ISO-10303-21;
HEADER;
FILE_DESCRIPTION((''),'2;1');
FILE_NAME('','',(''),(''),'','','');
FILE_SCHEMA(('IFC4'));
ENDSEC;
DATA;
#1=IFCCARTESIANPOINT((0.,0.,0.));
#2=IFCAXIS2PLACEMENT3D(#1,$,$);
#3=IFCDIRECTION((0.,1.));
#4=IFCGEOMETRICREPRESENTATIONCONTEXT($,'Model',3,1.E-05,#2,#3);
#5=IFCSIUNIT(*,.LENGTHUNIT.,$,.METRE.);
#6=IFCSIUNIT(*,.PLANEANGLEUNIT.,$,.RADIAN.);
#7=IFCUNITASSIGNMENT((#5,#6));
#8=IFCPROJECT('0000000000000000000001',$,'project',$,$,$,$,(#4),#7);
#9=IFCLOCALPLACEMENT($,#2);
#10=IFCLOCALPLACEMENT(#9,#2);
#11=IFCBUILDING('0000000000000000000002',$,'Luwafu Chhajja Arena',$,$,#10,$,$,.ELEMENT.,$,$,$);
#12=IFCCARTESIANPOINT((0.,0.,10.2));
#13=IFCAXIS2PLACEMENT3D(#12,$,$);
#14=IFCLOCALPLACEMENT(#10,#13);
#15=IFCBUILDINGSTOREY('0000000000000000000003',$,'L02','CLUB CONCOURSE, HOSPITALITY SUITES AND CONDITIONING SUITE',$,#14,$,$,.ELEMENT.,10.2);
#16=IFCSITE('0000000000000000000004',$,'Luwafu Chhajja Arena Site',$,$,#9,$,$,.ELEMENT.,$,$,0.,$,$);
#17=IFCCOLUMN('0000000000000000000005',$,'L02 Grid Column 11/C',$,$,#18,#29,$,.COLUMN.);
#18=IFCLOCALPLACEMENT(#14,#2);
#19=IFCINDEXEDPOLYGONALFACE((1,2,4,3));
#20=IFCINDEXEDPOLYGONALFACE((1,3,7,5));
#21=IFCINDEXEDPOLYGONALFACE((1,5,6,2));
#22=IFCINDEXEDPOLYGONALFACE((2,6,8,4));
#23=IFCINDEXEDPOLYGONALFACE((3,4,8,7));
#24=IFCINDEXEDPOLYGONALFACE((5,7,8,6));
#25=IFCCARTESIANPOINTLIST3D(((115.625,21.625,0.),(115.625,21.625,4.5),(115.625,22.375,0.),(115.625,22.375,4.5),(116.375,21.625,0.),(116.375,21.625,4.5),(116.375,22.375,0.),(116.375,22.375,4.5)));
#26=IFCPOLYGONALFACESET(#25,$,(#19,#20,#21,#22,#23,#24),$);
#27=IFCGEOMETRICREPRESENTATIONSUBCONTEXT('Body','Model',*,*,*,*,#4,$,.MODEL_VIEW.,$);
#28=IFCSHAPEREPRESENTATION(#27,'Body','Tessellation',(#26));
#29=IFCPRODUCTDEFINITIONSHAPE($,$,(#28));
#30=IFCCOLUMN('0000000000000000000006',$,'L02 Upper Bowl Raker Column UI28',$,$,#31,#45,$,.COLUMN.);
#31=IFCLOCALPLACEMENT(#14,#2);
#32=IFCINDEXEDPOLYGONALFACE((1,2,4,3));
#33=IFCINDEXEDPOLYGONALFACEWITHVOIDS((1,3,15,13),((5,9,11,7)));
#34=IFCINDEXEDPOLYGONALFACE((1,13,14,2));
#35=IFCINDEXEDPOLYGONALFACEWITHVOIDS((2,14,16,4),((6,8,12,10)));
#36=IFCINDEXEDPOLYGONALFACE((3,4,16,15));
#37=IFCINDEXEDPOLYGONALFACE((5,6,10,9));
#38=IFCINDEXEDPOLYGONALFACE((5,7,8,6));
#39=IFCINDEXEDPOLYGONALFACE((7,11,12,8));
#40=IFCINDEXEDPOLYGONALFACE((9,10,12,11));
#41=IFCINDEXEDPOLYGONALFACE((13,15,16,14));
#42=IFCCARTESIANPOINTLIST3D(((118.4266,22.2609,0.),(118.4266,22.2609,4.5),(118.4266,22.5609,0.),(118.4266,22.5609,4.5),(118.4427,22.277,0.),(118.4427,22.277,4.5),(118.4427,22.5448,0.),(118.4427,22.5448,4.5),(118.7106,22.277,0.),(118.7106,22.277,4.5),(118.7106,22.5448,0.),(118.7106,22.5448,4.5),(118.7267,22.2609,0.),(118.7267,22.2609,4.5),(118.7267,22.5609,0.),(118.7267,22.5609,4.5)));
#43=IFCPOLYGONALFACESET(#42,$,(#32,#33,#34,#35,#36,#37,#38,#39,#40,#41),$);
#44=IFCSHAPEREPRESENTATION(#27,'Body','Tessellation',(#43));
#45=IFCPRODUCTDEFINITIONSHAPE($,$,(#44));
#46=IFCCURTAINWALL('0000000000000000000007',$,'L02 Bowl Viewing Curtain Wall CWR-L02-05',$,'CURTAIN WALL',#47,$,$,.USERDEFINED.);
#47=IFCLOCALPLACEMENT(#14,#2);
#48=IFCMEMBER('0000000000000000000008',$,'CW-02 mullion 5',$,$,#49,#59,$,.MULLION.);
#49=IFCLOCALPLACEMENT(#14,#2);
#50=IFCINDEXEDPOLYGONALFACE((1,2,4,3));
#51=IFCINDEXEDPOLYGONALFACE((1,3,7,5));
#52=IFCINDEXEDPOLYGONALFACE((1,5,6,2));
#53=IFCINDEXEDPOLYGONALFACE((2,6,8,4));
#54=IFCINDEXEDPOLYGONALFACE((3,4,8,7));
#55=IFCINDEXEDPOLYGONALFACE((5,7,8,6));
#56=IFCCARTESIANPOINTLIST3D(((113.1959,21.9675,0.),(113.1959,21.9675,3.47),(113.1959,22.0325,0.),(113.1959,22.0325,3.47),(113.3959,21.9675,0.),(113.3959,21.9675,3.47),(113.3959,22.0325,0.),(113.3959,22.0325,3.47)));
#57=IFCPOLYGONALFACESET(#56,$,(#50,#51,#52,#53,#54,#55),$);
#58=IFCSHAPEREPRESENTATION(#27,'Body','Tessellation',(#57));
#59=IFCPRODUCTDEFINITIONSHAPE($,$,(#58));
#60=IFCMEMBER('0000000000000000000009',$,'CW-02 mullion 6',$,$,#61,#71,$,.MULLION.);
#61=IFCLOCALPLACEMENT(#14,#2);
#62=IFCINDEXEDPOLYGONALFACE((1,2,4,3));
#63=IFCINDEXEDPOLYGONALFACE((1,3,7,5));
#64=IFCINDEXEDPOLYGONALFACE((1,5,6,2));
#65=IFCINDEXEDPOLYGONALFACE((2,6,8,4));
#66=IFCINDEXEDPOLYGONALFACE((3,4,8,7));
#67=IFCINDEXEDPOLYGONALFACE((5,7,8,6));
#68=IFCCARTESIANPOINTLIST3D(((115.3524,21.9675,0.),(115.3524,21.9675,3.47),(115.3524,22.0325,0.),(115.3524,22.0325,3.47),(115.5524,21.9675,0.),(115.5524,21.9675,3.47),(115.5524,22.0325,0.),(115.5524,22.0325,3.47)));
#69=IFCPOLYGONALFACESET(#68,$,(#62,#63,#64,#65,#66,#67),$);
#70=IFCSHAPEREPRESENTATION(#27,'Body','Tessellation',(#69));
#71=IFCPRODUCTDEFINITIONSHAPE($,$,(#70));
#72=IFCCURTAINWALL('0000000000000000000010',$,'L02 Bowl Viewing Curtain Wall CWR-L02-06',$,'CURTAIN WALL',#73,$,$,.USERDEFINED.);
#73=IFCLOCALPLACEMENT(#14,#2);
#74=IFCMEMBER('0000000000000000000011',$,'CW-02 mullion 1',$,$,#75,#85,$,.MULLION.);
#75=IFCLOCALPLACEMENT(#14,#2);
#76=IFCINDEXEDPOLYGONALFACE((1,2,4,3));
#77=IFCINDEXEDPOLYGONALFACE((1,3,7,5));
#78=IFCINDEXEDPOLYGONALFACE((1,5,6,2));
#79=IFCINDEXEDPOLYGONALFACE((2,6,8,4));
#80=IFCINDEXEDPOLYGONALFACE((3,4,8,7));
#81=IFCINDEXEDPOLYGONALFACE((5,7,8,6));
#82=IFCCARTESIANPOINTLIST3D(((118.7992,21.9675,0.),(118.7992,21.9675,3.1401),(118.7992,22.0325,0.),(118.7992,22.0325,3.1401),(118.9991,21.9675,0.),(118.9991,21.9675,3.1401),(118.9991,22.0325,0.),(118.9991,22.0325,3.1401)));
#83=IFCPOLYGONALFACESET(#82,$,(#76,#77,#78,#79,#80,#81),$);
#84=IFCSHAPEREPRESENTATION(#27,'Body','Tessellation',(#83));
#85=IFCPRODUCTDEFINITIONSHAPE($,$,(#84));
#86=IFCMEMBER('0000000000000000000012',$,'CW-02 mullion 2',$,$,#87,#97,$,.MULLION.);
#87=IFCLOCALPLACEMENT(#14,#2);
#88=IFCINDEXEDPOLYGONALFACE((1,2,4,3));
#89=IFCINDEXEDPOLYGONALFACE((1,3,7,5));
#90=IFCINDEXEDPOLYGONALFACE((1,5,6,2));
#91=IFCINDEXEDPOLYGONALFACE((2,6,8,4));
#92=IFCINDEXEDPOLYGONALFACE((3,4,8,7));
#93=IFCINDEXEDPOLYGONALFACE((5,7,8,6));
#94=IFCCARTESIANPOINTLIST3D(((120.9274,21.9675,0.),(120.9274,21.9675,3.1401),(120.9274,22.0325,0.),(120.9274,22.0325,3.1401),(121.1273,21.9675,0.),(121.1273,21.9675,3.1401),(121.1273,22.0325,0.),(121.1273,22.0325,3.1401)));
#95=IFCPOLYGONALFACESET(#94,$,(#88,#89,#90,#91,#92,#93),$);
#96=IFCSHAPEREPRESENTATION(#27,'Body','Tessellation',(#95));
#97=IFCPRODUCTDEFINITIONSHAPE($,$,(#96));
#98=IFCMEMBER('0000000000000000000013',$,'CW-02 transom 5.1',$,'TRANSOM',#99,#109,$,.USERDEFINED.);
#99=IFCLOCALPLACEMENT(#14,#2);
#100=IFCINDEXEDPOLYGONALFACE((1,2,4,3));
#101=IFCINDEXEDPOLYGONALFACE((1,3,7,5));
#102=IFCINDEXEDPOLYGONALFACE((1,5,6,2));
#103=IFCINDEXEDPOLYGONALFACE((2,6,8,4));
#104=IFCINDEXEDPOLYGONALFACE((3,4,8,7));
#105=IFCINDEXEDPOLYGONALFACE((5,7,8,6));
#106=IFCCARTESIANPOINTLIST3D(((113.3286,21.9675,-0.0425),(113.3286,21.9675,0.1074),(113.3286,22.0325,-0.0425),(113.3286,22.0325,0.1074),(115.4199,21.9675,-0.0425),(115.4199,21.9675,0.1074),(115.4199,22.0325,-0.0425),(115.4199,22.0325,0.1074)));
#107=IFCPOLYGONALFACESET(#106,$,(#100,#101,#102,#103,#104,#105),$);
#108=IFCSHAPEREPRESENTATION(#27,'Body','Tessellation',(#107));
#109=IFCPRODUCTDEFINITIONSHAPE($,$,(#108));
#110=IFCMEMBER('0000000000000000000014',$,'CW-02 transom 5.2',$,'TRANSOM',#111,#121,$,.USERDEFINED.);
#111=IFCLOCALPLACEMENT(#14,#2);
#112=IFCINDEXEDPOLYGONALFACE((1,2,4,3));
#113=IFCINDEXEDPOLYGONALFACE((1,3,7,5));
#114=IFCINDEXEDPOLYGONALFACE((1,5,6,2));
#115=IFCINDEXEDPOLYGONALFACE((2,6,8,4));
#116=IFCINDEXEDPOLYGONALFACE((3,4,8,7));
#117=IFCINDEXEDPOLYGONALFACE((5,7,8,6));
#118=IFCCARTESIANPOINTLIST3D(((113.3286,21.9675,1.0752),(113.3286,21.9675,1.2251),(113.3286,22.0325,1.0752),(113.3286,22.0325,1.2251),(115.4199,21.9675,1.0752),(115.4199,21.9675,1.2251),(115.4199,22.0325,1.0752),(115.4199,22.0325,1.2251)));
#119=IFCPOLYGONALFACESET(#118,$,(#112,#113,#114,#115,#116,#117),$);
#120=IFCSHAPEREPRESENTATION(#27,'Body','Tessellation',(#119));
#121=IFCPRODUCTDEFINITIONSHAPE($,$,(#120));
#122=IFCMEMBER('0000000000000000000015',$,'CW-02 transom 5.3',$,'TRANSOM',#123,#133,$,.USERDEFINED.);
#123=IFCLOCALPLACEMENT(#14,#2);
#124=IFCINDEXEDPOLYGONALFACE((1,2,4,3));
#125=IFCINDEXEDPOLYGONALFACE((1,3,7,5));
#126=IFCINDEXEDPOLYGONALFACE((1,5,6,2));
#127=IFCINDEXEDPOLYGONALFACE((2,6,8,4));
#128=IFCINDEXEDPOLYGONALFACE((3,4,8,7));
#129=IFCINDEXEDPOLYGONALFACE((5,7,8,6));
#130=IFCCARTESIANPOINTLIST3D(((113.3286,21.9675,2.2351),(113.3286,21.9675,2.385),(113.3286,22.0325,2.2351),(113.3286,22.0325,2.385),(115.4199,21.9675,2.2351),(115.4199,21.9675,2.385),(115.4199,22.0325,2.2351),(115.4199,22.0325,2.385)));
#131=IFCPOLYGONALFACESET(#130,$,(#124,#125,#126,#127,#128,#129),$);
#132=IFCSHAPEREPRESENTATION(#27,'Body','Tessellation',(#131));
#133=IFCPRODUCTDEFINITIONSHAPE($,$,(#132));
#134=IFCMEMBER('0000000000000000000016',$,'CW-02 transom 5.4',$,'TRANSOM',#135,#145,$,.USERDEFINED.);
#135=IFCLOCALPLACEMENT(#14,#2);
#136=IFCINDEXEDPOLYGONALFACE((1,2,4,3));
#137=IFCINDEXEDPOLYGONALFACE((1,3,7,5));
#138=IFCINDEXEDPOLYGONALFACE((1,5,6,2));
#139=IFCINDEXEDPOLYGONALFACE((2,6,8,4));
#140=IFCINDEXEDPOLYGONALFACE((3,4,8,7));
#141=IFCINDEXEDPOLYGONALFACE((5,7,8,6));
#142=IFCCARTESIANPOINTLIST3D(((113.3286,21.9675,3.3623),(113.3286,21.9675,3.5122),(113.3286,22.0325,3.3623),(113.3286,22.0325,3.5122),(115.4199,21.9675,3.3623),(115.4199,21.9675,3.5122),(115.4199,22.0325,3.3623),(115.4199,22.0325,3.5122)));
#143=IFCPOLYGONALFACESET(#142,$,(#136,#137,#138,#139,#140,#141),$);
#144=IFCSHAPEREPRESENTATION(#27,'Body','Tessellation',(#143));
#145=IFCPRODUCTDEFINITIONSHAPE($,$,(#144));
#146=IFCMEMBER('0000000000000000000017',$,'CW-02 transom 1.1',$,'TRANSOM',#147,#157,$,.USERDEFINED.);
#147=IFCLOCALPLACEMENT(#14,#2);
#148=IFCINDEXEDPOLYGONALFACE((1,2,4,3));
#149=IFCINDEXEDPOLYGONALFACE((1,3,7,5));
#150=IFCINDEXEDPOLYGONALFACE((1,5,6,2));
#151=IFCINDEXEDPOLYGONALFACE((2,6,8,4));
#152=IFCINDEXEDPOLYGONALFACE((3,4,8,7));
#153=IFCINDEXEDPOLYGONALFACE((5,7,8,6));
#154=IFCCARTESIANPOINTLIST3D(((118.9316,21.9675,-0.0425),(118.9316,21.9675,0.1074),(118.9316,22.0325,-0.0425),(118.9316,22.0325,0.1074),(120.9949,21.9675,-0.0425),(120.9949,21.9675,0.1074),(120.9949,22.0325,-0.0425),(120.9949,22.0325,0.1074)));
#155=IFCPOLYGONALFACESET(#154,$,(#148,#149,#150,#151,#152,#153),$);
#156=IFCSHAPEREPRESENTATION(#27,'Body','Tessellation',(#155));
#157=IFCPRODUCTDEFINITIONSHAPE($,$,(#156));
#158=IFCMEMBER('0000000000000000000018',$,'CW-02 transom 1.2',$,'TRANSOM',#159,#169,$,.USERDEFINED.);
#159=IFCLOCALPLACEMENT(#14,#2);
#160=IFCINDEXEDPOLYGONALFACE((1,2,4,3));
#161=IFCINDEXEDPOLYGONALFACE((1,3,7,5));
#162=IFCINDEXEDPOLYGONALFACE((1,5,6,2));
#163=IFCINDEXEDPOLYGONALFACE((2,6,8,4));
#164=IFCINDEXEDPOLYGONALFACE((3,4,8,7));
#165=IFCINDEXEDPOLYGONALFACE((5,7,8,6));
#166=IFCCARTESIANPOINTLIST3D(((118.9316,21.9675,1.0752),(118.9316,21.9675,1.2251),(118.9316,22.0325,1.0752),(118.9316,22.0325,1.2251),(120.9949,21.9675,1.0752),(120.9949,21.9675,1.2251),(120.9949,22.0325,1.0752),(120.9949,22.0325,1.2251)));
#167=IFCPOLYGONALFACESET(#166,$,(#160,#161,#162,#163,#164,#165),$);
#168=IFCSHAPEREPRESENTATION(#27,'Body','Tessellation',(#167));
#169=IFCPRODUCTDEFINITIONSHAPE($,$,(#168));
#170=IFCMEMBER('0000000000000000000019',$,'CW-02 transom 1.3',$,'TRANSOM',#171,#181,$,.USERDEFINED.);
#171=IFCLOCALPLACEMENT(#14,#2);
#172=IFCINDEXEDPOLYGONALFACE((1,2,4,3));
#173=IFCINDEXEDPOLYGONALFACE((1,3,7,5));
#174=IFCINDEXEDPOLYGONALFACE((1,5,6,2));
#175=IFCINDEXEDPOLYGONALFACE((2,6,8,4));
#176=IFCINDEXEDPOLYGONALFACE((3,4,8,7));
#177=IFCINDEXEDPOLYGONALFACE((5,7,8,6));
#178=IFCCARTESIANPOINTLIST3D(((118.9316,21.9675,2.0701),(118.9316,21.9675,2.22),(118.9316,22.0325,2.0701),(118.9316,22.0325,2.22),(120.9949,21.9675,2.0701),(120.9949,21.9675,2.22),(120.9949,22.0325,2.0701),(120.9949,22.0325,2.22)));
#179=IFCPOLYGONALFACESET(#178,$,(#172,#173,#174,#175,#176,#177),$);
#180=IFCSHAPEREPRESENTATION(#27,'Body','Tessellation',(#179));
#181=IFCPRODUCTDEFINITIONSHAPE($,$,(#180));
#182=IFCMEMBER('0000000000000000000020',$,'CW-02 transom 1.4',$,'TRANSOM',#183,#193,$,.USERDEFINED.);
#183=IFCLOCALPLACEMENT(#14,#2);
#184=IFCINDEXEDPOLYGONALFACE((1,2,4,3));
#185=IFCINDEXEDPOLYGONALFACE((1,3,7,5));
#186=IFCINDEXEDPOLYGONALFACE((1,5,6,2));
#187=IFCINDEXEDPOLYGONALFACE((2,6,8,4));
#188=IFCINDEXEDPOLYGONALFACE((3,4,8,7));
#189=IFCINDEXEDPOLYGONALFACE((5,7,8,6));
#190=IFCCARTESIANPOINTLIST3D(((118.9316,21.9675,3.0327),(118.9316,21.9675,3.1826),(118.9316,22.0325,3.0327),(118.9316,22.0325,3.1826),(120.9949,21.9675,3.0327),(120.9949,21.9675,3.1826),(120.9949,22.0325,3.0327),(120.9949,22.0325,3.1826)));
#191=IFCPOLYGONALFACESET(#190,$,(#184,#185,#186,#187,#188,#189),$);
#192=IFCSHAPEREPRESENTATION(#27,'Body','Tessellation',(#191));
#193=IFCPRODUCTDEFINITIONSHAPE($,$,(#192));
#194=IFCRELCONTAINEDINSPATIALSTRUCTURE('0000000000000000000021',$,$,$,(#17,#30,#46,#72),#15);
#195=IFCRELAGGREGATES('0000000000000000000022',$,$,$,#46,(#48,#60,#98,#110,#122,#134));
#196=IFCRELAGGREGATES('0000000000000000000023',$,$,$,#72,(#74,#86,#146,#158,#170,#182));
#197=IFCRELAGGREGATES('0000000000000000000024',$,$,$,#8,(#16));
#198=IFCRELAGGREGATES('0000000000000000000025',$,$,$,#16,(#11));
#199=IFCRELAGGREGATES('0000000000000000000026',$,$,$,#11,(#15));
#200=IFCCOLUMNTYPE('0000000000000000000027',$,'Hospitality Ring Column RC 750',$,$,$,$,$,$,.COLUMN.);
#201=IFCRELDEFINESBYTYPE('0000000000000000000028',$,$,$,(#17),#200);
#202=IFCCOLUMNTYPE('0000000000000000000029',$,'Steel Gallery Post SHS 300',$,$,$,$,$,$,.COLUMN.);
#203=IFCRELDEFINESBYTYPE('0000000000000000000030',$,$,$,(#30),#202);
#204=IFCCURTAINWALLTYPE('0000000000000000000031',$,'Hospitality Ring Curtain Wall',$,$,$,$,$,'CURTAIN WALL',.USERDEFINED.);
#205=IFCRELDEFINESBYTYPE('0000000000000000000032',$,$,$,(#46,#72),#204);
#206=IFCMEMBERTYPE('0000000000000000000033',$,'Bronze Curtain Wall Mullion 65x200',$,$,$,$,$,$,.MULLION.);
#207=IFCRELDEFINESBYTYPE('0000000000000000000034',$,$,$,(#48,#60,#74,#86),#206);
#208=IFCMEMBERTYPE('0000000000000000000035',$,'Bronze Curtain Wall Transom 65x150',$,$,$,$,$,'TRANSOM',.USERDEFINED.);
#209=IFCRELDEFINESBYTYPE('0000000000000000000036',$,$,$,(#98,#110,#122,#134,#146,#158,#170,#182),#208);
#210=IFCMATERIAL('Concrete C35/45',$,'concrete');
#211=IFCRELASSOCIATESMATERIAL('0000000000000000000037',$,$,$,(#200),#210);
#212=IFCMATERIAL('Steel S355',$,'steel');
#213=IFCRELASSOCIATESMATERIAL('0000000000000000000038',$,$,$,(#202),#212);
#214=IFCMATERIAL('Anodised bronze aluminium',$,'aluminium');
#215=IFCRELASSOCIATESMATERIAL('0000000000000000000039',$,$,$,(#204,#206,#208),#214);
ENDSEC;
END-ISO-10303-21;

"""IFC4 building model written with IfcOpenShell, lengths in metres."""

from ifc_helpers import new_model, si_unit, direction, frame, origin, origin_2d, place, context, subcontext, project, spatial, rectangle, hollow_rectangle, extrude, material, material_profile, profile_set, type_object, element, aggregate, save


model = new_model("IFC4")

# Units and contexts
model_context = context("Model", 3, precision=1e-05, world=origin(), true_north=direction((0.0, 1.0)))
body_context = subcontext(model_context, "Body", "Model", "MODEL_VIEW")
ifc_project = project(units=[si_unit("LENGTHUNIT", "METRE"), si_unit("PLANEANGLEUNIT", "RADIAN")], contexts=[model_context])

# Site, building, storey
site_placement = place(None, origin())
site = spatial("IfcSite", under=ifc_project, at=site_placement, Name="Luwafu Chhajja Arena Site", CompositionType="ELEMENT", RefElevation=0.0)
building_placement = place(site_placement, origin())
building = spatial("IfcBuilding", under=site, at=building_placement, Name="Luwafu Chhajja Arena", CompositionType="ELEMENT")
storey_placement = place(building_placement, frame((0.0, 0.0, 10.2)))
storey = spatial("IfcBuildingStorey", under=building, at=storey_placement, Name="L02", Description="CLUB CONCOURSE, HOSPITALITY SUITES AND CONDITIONING SUITE", CompositionType="ELEMENT", Elevation=10.2)

# Columns
ifc_material_1 = material(Name="Concrete C35/45", Category="concrete")
ifc_material_profile_1 = material_profile(ifc_material_1, rectangle(XDim=0.75, YDim=0.75, at=origin_2d()), Name="RC 750x750")
ifc_profile_set_1 = profile_set([ifc_material_profile_1], Name="Concrete C35/45")
column_type_1 = type_object("IfcColumnType", Name="Hospitality Ring Column RC 750", PredefinedType="COLUMN", material=ifc_profile_set_1)
column_1_placement = place(storey_placement, frame((116.0, 22.0, 0.0), z_axis=(0.0, 0.0, 1.0), x_axis=(1.0, 0.0, 0.0)))
element("IfcColumn", 1, at=column_1_placement, inside=storey, type_object=column_type_1, Name="L02 Grid Column 11/C", PredefinedType="COLUMN", context=body_context, shape_type="SweptSolid", body=[
    extrude(rectangle(XDim=0.75, YDim=0.75, at=origin_2d()), origin(), (0.0, 0.0, 1.0), 4.5),
])
ifc_material_2 = material(Name="Steel S355", Category="steel")
ifc_material_profile_2 = material_profile(ifc_material_2, hollow_rectangle(XDim=0.3, YDim=0.3, WallThickness=0.0161, at=origin_2d()), Name="SHS 300x300x16")
ifc_profile_set_2 = profile_set([ifc_material_profile_2], Name="Steel S355")
column_type_2 = type_object("IfcColumnType", Name="Steel Gallery Post SHS 300", PredefinedType="COLUMN", material=ifc_profile_set_2)
column_2_placement = place(storey_placement, frame((118.5767, 22.4109, 0.0), z_axis=(0.0, 0.0, 1.0), x_axis=(1.0, 0.0, 0.0)))
element("IfcColumn", 2, at=column_2_placement, inside=storey, type_object=column_type_2, Name="L02 Upper Bowl Raker Column UI28", PredefinedType="COLUMN", context=body_context, shape_type="SweptSolid", body=[
    extrude(hollow_rectangle(XDim=0.3, YDim=0.3, WallThickness=0.0161, at=origin_2d()), origin(), (0.0, 0.0, 1.0), 4.5),
])

# Curtain walls, members
ifc_material_3 = material(Name="Anodised bronze aluminium", Category="aluminium")
curtain_wall_type = type_object("IfcCurtainWallType", Name="Hospitality Ring Curtain Wall", ElementType="CURTAIN WALL", PredefinedType="USERDEFINED", material=ifc_material_3)
curtain_wall_1_placement = place(storey_placement, origin())
curtain_wall_1 = element("IfcCurtainWall", 3, at=curtain_wall_1_placement, inside=storey, type_object=curtain_wall_type, Name="L02 Bowl Viewing Curtain Wall CWR-L02-05", ObjectType="CURTAIN WALL", PredefinedType="USERDEFINED")
ifc_material_profile_3 = material_profile(ifc_material_3, rectangle(XDim=0.0649, YDim=0.2, at=origin_2d()), Name="CWM 65x200")
ifc_profile_set_3 = profile_set([ifc_material_profile_3], Name="Anodised bronze aluminium")
member_type_1 = type_object("IfcMemberType", Name="Bronze Curtain Wall Mullion 65x200", PredefinedType="MULLION", material=ifc_profile_set_3)
member_1_placement = place(storey_placement, frame((113.2959, 22.0, 0.0), z_axis=(0.0, 0.0, 1.0), x_axis=(0.0, 1.0, 0.0)))
member_1 = element("IfcMember", 4, at=member_1_placement, type_object=member_type_1, Name="CW-02 mullion 5", PredefinedType="MULLION", context=body_context, shape_type="SweptSolid", body=[
    extrude(rectangle(XDim=0.0649, YDim=0.2, at=origin_2d()), origin(), (0.0, 0.0, 1.0), 3.47),
])
member_2_placement = place(storey_placement, frame((115.4524, 22.0, 0.0), z_axis=(0.0, 0.0, 1.0), x_axis=(0.0, 1.0, 0.0)))
member_2 = element("IfcMember", 5, at=member_2_placement, type_object=member_type_1, Name="CW-02 mullion 6", PredefinedType="MULLION", context=body_context, shape_type="SweptSolid", body=[
    extrude(rectangle(XDim=0.0649, YDim=0.2, at=origin_2d()), origin(), (0.0, 0.0, 1.0), 3.47),
])
curtain_wall_2_placement = place(storey_placement, origin())
curtain_wall_2 = element("IfcCurtainWall", 6, at=curtain_wall_2_placement, inside=storey, type_object=curtain_wall_type, Name="L02 Bowl Viewing Curtain Wall CWR-L02-06", ObjectType="CURTAIN WALL", PredefinedType="USERDEFINED")
member_3_placement = place(storey_placement, frame((118.8992, 22.0, 0.0), z_axis=(0.0, 0.0, 1.0), x_axis=(0.0, 1.0, 0.0)))
member_3 = element("IfcMember", 7, at=member_3_placement, type_object=member_type_1, Name="CW-02 mullion 1", PredefinedType="MULLION", context=body_context, shape_type="SweptSolid", body=[
    extrude(rectangle(XDim=0.0649, YDim=0.2, at=origin_2d()), origin(), (0.0, 0.0, 1.0), 3.1401),
])
member_4_placement = place(storey_placement, frame((121.0273, 22.0, 0.0), z_axis=(0.0, 0.0, 1.0), x_axis=(0.0, 1.0, 0.0)))
member_4 = element("IfcMember", 8, at=member_4_placement, type_object=member_type_1, Name="CW-02 mullion 2", PredefinedType="MULLION", context=body_context, shape_type="SweptSolid", body=[
    extrude(rectangle(XDim=0.0649, YDim=0.2, at=origin_2d()), origin(), (0.0, 0.0, 1.0), 3.1401),
])

# Members
ifc_material_profile_4 = material_profile(ifc_material_3, rectangle(XDim=0.0649, YDim=0.1499, at=origin_2d()), Name="CWT 65x150")
ifc_profile_set_4 = profile_set([ifc_material_profile_4], Name="Anodised bronze aluminium")
member_type_2 = type_object("IfcMemberType", Name="Bronze Curtain Wall Transom 65x150", ElementType="TRANSOM", PredefinedType="USERDEFINED", material=ifc_profile_set_4)
member_5_placement = place(storey_placement, frame((113.3286, 22.0, 0.0325), z_axis=(1.0, 0.0, 0.0), x_axis=(0.0, 1.0, 0.0)))
member_5 = element("IfcMember", 9, at=member_5_placement, type_object=member_type_2, Name="CW-02 transom 5.1", ObjectType="TRANSOM", PredefinedType="USERDEFINED", context=body_context, shape_type="SweptSolid", body=[
    extrude(rectangle(XDim=0.0649, YDim=0.1499, at=origin_2d()), origin(), (0.0, 0.0, 1.0), 2.0913),
])
member_6_placement = place(storey_placement, frame((113.3286, 22.0, 1.1501), z_axis=(1.0, 0.0, 0.0), x_axis=(0.0, 1.0, 0.0)))
member_6 = element("IfcMember", 10, at=member_6_placement, type_object=member_type_2, Name="CW-02 transom 5.2", ObjectType="TRANSOM", PredefinedType="USERDEFINED", context=body_context, shape_type="SweptSolid", body=[
    extrude(rectangle(XDim=0.0649, YDim=0.1499, at=origin_2d()), origin(), (0.0, 0.0, 1.0), 2.0913),
])
member_7_placement = place(storey_placement, frame((113.3286, 22.0, 2.3101), z_axis=(1.0, 0.0, 0.0), x_axis=(0.0, 1.0, 0.0)))
member_7 = element("IfcMember", 11, at=member_7_placement, type_object=member_type_2, Name="CW-02 transom 5.3", ObjectType="TRANSOM", PredefinedType="USERDEFINED", context=body_context, shape_type="SweptSolid", body=[
    extrude(rectangle(XDim=0.0649, YDim=0.1499, at=origin_2d()), origin(), (0.0, 0.0, 1.0), 2.0913),
])
member_8_placement = place(storey_placement, frame((113.3286, 22.0, 3.4373), z_axis=(1.0, 0.0, 0.0), x_axis=(0.0, 1.0, 0.0)))
member_8 = element("IfcMember", 12, at=member_8_placement, type_object=member_type_2, Name="CW-02 transom 5.4", ObjectType="TRANSOM", PredefinedType="USERDEFINED", context=body_context, shape_type="SweptSolid", body=[
    extrude(rectangle(XDim=0.0649, YDim=0.1499, at=origin_2d()), origin(), (0.0, 0.0, 1.0), 2.0913),
])
member_9_placement = place(storey_placement, frame((118.9316, 22.0, 0.0325), z_axis=(1.0, 0.0, 0.0), x_axis=(0.0, 1.0, 0.0)))
member_9 = element("IfcMember", 13, at=member_9_placement, type_object=member_type_2, Name="CW-02 transom 1.1", ObjectType="TRANSOM", PredefinedType="USERDEFINED", context=body_context, shape_type="SweptSolid", body=[
    extrude(rectangle(XDim=0.0649, YDim=0.1499, at=origin_2d()), origin(), (0.0, 0.0, 1.0), 2.0632),
])
member_10_placement = place(storey_placement, frame((118.9316, 22.0, 1.1501), z_axis=(1.0, 0.0, 0.0), x_axis=(0.0, 1.0, 0.0)))
member_10 = element("IfcMember", 14, at=member_10_placement, type_object=member_type_2, Name="CW-02 transom 1.2", ObjectType="TRANSOM", PredefinedType="USERDEFINED", context=body_context, shape_type="SweptSolid", body=[
    extrude(rectangle(XDim=0.0649, YDim=0.1499, at=origin_2d()), origin(), (0.0, 0.0, 1.0), 2.0632),
])
member_11_placement = place(storey_placement, frame((118.9316, 22.0, 2.145), z_axis=(1.0, 0.0, 0.0), x_axis=(0.0, 1.0, 0.0)))
member_11 = element("IfcMember", 15, at=member_11_placement, type_object=member_type_2, Name="CW-02 transom 1.3", ObjectType="TRANSOM", PredefinedType="USERDEFINED", context=body_context, shape_type="SweptSolid", body=[
    extrude(rectangle(XDim=0.0649, YDim=0.1499, at=origin_2d()), origin(), (0.0, 0.0, 1.0), 2.0632),
])
member_12_placement = place(storey_placement, frame((118.9316, 22.0, 3.1077), z_axis=(1.0, 0.0, 0.0), x_axis=(0.0, 1.0, 0.0)))
member_12 = element("IfcMember", 16, at=member_12_placement, type_object=member_type_2, Name="CW-02 transom 1.4", ObjectType="TRANSOM", PredefinedType="USERDEFINED", context=body_context, shape_type="SweptSolid", body=[
    extrude(rectangle(XDim=0.0649, YDim=0.1499, at=origin_2d()), origin(), (0.0, 0.0, 1.0), 2.0632),
])

aggregate(curtain_wall_1, [member_1, member_2, member_5, member_6, member_7, member_8])
aggregate(curtain_wall_2, [member_3, member_4, member_9, member_10, member_11, member_12])

save(model, "model.ifc")
